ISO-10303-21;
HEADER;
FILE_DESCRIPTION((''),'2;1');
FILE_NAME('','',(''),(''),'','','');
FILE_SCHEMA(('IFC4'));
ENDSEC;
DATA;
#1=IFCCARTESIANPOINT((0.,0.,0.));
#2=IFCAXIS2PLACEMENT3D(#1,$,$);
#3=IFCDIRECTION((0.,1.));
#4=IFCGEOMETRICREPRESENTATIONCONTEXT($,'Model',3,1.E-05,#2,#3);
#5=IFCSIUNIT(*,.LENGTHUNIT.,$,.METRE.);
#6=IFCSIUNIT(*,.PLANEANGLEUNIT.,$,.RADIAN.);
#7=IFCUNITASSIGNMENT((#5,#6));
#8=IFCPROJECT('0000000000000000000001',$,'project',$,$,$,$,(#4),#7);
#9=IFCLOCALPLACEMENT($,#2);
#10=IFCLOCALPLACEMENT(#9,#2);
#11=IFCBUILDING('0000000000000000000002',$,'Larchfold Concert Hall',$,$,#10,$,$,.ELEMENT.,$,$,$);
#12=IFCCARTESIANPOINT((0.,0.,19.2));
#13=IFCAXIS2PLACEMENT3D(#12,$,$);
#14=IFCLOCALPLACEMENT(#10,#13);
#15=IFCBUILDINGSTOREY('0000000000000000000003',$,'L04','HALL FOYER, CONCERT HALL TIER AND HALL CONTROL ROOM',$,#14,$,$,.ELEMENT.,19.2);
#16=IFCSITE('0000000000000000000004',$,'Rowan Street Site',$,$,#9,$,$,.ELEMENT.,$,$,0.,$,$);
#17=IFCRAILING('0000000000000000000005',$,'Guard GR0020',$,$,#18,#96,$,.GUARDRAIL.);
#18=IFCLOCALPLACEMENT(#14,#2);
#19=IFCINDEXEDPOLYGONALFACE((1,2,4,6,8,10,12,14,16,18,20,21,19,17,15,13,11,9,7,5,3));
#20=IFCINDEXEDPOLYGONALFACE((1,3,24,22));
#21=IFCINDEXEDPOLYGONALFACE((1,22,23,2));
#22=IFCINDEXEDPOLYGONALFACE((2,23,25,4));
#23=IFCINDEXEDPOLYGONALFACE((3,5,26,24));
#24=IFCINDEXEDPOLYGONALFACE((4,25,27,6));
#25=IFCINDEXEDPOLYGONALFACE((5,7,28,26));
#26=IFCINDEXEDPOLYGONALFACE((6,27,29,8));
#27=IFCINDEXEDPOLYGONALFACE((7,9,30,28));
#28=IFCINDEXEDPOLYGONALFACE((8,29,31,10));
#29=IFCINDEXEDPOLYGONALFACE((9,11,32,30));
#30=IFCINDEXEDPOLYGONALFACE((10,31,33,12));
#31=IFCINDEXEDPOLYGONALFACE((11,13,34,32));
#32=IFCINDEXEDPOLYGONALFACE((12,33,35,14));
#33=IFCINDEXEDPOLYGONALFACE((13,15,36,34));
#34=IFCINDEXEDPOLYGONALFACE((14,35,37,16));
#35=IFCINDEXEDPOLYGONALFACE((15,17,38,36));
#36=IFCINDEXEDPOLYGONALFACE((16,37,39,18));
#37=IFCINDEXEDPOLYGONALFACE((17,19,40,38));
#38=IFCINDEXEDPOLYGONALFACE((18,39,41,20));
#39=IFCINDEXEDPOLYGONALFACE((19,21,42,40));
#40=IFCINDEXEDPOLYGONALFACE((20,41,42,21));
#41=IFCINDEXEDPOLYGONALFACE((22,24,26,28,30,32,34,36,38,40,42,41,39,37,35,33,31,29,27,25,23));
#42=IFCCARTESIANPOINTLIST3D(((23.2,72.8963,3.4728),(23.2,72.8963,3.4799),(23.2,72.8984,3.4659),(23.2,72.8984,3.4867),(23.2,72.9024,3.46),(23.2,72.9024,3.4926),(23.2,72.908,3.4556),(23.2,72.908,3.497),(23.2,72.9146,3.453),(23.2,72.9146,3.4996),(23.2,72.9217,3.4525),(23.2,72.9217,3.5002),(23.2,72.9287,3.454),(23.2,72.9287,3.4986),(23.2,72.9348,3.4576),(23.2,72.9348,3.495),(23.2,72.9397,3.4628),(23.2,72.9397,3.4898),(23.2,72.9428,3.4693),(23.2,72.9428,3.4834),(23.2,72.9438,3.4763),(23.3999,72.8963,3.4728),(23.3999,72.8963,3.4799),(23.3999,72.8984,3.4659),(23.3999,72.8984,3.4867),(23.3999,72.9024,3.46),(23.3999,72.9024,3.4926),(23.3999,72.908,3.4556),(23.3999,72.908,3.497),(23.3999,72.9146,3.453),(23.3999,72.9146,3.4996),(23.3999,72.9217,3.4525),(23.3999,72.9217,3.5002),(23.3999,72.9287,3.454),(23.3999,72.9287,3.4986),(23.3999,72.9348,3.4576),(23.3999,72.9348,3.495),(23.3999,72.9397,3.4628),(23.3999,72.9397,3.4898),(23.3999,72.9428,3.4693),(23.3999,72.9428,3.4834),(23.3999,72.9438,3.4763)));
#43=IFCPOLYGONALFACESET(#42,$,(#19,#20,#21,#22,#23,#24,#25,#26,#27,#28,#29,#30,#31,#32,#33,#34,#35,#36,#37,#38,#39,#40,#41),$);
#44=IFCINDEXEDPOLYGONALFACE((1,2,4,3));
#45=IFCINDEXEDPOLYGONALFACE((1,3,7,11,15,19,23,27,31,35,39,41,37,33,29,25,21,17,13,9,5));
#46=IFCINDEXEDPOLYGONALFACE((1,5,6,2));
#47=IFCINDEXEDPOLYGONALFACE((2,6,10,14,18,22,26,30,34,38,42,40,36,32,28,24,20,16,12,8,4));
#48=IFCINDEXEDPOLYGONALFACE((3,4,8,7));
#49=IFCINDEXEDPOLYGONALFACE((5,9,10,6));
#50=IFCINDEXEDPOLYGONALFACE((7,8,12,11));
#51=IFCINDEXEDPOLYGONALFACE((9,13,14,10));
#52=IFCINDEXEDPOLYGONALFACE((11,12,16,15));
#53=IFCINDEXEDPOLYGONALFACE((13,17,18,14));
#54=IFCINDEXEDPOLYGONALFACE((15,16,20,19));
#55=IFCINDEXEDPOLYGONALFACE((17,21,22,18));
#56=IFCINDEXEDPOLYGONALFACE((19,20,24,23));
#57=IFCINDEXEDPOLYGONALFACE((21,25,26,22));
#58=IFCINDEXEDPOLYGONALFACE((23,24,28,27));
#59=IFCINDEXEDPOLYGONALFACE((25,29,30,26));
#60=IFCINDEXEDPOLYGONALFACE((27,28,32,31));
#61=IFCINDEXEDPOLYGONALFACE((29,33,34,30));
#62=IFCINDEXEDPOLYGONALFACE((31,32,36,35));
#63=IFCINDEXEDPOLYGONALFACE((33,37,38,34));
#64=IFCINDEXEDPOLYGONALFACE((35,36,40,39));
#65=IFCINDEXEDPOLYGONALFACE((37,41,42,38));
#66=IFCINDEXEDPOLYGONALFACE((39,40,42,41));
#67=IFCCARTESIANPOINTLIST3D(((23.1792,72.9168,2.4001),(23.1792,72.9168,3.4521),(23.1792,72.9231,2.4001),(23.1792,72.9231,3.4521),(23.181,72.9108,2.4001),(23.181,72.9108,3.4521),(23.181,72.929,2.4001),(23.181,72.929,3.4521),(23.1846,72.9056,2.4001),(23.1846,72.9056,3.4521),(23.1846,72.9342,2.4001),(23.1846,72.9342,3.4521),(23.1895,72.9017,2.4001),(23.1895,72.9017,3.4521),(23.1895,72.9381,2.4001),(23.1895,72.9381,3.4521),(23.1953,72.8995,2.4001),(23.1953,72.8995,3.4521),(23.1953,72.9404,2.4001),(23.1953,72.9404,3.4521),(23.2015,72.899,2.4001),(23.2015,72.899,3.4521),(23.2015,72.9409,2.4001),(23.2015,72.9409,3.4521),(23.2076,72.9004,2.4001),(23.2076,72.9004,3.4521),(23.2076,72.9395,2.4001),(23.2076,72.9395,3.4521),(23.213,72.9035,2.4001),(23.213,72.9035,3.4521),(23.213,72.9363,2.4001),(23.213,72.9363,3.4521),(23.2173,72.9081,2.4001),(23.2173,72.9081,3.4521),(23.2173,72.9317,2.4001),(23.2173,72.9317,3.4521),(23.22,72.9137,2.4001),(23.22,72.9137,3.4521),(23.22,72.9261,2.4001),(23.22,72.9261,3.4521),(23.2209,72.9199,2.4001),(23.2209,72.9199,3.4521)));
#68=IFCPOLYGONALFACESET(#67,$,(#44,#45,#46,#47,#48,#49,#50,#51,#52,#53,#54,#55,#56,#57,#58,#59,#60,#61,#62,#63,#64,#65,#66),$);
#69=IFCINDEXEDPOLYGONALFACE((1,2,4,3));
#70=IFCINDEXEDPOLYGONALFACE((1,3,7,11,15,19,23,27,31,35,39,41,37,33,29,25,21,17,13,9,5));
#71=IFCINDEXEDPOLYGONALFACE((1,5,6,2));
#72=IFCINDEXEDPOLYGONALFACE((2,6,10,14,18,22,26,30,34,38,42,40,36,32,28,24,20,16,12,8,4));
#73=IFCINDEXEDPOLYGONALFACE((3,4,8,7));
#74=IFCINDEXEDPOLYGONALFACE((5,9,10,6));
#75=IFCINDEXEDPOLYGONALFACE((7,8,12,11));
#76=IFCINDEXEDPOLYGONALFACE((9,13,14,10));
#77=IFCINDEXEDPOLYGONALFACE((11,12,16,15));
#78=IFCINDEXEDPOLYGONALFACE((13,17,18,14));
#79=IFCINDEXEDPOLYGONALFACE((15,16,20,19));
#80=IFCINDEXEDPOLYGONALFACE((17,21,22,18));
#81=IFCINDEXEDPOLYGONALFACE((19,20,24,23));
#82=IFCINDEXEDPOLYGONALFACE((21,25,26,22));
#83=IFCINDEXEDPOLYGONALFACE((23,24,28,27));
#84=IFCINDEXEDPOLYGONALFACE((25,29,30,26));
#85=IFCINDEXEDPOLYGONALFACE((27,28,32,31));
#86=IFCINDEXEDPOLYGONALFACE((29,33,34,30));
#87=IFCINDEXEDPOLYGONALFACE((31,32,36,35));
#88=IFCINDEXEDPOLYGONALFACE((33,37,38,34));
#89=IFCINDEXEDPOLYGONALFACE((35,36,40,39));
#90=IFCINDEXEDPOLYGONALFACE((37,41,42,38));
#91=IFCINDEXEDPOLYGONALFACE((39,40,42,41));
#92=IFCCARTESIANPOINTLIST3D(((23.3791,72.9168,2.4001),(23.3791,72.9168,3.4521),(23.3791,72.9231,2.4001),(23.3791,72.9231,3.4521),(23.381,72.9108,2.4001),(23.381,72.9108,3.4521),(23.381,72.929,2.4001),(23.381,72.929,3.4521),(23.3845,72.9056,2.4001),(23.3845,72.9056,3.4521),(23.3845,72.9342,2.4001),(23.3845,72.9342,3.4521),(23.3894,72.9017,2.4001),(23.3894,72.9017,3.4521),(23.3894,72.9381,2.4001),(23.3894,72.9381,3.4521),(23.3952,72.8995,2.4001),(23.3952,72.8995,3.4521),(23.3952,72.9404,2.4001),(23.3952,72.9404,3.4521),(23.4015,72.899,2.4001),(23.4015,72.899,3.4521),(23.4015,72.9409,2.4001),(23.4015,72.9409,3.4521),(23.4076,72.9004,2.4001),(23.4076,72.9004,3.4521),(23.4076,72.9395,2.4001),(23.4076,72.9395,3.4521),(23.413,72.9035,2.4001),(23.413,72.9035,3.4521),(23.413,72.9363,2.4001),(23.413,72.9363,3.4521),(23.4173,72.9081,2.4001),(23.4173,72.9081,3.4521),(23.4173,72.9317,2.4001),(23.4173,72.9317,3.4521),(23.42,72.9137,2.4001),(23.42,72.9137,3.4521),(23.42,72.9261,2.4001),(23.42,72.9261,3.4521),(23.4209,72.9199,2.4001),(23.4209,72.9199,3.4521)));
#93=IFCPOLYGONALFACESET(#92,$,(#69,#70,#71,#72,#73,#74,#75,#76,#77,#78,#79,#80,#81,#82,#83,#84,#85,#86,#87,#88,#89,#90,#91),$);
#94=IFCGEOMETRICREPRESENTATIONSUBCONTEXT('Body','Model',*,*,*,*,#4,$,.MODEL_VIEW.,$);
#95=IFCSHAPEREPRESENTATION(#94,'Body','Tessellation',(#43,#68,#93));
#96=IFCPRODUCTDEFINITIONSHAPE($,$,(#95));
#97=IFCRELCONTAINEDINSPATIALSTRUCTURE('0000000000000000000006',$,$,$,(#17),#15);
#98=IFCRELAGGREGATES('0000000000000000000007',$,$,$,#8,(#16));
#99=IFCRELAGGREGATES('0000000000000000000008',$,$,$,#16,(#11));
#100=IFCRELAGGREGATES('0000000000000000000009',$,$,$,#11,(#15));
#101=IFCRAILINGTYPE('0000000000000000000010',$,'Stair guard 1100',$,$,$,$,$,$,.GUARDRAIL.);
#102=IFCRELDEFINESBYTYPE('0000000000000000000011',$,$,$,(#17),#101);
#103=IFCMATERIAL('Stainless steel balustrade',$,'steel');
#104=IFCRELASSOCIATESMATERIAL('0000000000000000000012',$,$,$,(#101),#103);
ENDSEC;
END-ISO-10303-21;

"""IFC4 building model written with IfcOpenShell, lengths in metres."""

from ifc_helpers import new_model, si_unit, direction, frame, origin, origin_2d, place, context, subcontext, project, spatial, circle, extrude, material, type_object, element, save


model = new_model("IFC4")

# Units and contexts
model_context = context("Model", 3, precision=1e-05, world=origin(), true_north=direction((0.0, 1.0)))
body_context = subcontext(model_context, "Body", "Model", "MODEL_VIEW")
ifc_project = project(units=[si_unit("LENGTHUNIT", "METRE"), si_unit("PLANEANGLEUNIT", "RADIAN")], contexts=[model_context])

# Site, building, storey
site_placement = place(None, origin())
site = spatial("IfcSite", under=ifc_project, at=site_placement, Name="Rowan Street Site", CompositionType="ELEMENT", RefElevation=0.0)
building_placement = place(site_placement, origin())
building = spatial("IfcBuilding", under=site, at=building_placement, Name="Larchfold Concert Hall", CompositionType="ELEMENT")
storey_placement = place(building_placement, frame((0.0, 0.0, 19.2)))
storey = spatial("IfcBuildingStorey", under=building, at=storey_placement, Name="L04", Description="HALL FOYER, CONCERT HALL TIER AND HALL CONTROL ROOM", CompositionType="ELEMENT", Elevation=19.2)

# Railing
ifc_material_1 = material(Name="Stainless steel balustrade", Category="steel")
railing_type_1 = type_object("IfcRailingType", Name="Stair guard 1100", PredefinedType="GUARDRAIL", material=ifc_material_1)
railing_1_placement = place(storey_placement, frame((23.2, 72.9199, 2.4001)))
element("IfcRailing", 1, at=railing_1_placement, inside=storey, type_object=railing_type_1, Name="Guard GR0020", PredefinedType="GUARDRAIL", context=body_context, shape_type="SweptSolid", body=[
    extrude(circle(Radius=0.0239, at=origin_2d()), frame((0.0, 0.0, 1.0762), z_axis=(1.0, 0.0, 0.0), x_axis=(0.0, 1.0, 0.0)), (0.0, 0.0, 1.0), 0.2),
    extrude(circle(Radius=0.021, at=origin_2d()), origin(), (0.0, 0.0, 1.0), 1.052),
    extrude(circle(Radius=0.021, at=origin_2d()), frame((0.2, 0.0, 0.0)), (0.0, 0.0, 1.0), 1.052),
])

save(model, "model.ifc")
